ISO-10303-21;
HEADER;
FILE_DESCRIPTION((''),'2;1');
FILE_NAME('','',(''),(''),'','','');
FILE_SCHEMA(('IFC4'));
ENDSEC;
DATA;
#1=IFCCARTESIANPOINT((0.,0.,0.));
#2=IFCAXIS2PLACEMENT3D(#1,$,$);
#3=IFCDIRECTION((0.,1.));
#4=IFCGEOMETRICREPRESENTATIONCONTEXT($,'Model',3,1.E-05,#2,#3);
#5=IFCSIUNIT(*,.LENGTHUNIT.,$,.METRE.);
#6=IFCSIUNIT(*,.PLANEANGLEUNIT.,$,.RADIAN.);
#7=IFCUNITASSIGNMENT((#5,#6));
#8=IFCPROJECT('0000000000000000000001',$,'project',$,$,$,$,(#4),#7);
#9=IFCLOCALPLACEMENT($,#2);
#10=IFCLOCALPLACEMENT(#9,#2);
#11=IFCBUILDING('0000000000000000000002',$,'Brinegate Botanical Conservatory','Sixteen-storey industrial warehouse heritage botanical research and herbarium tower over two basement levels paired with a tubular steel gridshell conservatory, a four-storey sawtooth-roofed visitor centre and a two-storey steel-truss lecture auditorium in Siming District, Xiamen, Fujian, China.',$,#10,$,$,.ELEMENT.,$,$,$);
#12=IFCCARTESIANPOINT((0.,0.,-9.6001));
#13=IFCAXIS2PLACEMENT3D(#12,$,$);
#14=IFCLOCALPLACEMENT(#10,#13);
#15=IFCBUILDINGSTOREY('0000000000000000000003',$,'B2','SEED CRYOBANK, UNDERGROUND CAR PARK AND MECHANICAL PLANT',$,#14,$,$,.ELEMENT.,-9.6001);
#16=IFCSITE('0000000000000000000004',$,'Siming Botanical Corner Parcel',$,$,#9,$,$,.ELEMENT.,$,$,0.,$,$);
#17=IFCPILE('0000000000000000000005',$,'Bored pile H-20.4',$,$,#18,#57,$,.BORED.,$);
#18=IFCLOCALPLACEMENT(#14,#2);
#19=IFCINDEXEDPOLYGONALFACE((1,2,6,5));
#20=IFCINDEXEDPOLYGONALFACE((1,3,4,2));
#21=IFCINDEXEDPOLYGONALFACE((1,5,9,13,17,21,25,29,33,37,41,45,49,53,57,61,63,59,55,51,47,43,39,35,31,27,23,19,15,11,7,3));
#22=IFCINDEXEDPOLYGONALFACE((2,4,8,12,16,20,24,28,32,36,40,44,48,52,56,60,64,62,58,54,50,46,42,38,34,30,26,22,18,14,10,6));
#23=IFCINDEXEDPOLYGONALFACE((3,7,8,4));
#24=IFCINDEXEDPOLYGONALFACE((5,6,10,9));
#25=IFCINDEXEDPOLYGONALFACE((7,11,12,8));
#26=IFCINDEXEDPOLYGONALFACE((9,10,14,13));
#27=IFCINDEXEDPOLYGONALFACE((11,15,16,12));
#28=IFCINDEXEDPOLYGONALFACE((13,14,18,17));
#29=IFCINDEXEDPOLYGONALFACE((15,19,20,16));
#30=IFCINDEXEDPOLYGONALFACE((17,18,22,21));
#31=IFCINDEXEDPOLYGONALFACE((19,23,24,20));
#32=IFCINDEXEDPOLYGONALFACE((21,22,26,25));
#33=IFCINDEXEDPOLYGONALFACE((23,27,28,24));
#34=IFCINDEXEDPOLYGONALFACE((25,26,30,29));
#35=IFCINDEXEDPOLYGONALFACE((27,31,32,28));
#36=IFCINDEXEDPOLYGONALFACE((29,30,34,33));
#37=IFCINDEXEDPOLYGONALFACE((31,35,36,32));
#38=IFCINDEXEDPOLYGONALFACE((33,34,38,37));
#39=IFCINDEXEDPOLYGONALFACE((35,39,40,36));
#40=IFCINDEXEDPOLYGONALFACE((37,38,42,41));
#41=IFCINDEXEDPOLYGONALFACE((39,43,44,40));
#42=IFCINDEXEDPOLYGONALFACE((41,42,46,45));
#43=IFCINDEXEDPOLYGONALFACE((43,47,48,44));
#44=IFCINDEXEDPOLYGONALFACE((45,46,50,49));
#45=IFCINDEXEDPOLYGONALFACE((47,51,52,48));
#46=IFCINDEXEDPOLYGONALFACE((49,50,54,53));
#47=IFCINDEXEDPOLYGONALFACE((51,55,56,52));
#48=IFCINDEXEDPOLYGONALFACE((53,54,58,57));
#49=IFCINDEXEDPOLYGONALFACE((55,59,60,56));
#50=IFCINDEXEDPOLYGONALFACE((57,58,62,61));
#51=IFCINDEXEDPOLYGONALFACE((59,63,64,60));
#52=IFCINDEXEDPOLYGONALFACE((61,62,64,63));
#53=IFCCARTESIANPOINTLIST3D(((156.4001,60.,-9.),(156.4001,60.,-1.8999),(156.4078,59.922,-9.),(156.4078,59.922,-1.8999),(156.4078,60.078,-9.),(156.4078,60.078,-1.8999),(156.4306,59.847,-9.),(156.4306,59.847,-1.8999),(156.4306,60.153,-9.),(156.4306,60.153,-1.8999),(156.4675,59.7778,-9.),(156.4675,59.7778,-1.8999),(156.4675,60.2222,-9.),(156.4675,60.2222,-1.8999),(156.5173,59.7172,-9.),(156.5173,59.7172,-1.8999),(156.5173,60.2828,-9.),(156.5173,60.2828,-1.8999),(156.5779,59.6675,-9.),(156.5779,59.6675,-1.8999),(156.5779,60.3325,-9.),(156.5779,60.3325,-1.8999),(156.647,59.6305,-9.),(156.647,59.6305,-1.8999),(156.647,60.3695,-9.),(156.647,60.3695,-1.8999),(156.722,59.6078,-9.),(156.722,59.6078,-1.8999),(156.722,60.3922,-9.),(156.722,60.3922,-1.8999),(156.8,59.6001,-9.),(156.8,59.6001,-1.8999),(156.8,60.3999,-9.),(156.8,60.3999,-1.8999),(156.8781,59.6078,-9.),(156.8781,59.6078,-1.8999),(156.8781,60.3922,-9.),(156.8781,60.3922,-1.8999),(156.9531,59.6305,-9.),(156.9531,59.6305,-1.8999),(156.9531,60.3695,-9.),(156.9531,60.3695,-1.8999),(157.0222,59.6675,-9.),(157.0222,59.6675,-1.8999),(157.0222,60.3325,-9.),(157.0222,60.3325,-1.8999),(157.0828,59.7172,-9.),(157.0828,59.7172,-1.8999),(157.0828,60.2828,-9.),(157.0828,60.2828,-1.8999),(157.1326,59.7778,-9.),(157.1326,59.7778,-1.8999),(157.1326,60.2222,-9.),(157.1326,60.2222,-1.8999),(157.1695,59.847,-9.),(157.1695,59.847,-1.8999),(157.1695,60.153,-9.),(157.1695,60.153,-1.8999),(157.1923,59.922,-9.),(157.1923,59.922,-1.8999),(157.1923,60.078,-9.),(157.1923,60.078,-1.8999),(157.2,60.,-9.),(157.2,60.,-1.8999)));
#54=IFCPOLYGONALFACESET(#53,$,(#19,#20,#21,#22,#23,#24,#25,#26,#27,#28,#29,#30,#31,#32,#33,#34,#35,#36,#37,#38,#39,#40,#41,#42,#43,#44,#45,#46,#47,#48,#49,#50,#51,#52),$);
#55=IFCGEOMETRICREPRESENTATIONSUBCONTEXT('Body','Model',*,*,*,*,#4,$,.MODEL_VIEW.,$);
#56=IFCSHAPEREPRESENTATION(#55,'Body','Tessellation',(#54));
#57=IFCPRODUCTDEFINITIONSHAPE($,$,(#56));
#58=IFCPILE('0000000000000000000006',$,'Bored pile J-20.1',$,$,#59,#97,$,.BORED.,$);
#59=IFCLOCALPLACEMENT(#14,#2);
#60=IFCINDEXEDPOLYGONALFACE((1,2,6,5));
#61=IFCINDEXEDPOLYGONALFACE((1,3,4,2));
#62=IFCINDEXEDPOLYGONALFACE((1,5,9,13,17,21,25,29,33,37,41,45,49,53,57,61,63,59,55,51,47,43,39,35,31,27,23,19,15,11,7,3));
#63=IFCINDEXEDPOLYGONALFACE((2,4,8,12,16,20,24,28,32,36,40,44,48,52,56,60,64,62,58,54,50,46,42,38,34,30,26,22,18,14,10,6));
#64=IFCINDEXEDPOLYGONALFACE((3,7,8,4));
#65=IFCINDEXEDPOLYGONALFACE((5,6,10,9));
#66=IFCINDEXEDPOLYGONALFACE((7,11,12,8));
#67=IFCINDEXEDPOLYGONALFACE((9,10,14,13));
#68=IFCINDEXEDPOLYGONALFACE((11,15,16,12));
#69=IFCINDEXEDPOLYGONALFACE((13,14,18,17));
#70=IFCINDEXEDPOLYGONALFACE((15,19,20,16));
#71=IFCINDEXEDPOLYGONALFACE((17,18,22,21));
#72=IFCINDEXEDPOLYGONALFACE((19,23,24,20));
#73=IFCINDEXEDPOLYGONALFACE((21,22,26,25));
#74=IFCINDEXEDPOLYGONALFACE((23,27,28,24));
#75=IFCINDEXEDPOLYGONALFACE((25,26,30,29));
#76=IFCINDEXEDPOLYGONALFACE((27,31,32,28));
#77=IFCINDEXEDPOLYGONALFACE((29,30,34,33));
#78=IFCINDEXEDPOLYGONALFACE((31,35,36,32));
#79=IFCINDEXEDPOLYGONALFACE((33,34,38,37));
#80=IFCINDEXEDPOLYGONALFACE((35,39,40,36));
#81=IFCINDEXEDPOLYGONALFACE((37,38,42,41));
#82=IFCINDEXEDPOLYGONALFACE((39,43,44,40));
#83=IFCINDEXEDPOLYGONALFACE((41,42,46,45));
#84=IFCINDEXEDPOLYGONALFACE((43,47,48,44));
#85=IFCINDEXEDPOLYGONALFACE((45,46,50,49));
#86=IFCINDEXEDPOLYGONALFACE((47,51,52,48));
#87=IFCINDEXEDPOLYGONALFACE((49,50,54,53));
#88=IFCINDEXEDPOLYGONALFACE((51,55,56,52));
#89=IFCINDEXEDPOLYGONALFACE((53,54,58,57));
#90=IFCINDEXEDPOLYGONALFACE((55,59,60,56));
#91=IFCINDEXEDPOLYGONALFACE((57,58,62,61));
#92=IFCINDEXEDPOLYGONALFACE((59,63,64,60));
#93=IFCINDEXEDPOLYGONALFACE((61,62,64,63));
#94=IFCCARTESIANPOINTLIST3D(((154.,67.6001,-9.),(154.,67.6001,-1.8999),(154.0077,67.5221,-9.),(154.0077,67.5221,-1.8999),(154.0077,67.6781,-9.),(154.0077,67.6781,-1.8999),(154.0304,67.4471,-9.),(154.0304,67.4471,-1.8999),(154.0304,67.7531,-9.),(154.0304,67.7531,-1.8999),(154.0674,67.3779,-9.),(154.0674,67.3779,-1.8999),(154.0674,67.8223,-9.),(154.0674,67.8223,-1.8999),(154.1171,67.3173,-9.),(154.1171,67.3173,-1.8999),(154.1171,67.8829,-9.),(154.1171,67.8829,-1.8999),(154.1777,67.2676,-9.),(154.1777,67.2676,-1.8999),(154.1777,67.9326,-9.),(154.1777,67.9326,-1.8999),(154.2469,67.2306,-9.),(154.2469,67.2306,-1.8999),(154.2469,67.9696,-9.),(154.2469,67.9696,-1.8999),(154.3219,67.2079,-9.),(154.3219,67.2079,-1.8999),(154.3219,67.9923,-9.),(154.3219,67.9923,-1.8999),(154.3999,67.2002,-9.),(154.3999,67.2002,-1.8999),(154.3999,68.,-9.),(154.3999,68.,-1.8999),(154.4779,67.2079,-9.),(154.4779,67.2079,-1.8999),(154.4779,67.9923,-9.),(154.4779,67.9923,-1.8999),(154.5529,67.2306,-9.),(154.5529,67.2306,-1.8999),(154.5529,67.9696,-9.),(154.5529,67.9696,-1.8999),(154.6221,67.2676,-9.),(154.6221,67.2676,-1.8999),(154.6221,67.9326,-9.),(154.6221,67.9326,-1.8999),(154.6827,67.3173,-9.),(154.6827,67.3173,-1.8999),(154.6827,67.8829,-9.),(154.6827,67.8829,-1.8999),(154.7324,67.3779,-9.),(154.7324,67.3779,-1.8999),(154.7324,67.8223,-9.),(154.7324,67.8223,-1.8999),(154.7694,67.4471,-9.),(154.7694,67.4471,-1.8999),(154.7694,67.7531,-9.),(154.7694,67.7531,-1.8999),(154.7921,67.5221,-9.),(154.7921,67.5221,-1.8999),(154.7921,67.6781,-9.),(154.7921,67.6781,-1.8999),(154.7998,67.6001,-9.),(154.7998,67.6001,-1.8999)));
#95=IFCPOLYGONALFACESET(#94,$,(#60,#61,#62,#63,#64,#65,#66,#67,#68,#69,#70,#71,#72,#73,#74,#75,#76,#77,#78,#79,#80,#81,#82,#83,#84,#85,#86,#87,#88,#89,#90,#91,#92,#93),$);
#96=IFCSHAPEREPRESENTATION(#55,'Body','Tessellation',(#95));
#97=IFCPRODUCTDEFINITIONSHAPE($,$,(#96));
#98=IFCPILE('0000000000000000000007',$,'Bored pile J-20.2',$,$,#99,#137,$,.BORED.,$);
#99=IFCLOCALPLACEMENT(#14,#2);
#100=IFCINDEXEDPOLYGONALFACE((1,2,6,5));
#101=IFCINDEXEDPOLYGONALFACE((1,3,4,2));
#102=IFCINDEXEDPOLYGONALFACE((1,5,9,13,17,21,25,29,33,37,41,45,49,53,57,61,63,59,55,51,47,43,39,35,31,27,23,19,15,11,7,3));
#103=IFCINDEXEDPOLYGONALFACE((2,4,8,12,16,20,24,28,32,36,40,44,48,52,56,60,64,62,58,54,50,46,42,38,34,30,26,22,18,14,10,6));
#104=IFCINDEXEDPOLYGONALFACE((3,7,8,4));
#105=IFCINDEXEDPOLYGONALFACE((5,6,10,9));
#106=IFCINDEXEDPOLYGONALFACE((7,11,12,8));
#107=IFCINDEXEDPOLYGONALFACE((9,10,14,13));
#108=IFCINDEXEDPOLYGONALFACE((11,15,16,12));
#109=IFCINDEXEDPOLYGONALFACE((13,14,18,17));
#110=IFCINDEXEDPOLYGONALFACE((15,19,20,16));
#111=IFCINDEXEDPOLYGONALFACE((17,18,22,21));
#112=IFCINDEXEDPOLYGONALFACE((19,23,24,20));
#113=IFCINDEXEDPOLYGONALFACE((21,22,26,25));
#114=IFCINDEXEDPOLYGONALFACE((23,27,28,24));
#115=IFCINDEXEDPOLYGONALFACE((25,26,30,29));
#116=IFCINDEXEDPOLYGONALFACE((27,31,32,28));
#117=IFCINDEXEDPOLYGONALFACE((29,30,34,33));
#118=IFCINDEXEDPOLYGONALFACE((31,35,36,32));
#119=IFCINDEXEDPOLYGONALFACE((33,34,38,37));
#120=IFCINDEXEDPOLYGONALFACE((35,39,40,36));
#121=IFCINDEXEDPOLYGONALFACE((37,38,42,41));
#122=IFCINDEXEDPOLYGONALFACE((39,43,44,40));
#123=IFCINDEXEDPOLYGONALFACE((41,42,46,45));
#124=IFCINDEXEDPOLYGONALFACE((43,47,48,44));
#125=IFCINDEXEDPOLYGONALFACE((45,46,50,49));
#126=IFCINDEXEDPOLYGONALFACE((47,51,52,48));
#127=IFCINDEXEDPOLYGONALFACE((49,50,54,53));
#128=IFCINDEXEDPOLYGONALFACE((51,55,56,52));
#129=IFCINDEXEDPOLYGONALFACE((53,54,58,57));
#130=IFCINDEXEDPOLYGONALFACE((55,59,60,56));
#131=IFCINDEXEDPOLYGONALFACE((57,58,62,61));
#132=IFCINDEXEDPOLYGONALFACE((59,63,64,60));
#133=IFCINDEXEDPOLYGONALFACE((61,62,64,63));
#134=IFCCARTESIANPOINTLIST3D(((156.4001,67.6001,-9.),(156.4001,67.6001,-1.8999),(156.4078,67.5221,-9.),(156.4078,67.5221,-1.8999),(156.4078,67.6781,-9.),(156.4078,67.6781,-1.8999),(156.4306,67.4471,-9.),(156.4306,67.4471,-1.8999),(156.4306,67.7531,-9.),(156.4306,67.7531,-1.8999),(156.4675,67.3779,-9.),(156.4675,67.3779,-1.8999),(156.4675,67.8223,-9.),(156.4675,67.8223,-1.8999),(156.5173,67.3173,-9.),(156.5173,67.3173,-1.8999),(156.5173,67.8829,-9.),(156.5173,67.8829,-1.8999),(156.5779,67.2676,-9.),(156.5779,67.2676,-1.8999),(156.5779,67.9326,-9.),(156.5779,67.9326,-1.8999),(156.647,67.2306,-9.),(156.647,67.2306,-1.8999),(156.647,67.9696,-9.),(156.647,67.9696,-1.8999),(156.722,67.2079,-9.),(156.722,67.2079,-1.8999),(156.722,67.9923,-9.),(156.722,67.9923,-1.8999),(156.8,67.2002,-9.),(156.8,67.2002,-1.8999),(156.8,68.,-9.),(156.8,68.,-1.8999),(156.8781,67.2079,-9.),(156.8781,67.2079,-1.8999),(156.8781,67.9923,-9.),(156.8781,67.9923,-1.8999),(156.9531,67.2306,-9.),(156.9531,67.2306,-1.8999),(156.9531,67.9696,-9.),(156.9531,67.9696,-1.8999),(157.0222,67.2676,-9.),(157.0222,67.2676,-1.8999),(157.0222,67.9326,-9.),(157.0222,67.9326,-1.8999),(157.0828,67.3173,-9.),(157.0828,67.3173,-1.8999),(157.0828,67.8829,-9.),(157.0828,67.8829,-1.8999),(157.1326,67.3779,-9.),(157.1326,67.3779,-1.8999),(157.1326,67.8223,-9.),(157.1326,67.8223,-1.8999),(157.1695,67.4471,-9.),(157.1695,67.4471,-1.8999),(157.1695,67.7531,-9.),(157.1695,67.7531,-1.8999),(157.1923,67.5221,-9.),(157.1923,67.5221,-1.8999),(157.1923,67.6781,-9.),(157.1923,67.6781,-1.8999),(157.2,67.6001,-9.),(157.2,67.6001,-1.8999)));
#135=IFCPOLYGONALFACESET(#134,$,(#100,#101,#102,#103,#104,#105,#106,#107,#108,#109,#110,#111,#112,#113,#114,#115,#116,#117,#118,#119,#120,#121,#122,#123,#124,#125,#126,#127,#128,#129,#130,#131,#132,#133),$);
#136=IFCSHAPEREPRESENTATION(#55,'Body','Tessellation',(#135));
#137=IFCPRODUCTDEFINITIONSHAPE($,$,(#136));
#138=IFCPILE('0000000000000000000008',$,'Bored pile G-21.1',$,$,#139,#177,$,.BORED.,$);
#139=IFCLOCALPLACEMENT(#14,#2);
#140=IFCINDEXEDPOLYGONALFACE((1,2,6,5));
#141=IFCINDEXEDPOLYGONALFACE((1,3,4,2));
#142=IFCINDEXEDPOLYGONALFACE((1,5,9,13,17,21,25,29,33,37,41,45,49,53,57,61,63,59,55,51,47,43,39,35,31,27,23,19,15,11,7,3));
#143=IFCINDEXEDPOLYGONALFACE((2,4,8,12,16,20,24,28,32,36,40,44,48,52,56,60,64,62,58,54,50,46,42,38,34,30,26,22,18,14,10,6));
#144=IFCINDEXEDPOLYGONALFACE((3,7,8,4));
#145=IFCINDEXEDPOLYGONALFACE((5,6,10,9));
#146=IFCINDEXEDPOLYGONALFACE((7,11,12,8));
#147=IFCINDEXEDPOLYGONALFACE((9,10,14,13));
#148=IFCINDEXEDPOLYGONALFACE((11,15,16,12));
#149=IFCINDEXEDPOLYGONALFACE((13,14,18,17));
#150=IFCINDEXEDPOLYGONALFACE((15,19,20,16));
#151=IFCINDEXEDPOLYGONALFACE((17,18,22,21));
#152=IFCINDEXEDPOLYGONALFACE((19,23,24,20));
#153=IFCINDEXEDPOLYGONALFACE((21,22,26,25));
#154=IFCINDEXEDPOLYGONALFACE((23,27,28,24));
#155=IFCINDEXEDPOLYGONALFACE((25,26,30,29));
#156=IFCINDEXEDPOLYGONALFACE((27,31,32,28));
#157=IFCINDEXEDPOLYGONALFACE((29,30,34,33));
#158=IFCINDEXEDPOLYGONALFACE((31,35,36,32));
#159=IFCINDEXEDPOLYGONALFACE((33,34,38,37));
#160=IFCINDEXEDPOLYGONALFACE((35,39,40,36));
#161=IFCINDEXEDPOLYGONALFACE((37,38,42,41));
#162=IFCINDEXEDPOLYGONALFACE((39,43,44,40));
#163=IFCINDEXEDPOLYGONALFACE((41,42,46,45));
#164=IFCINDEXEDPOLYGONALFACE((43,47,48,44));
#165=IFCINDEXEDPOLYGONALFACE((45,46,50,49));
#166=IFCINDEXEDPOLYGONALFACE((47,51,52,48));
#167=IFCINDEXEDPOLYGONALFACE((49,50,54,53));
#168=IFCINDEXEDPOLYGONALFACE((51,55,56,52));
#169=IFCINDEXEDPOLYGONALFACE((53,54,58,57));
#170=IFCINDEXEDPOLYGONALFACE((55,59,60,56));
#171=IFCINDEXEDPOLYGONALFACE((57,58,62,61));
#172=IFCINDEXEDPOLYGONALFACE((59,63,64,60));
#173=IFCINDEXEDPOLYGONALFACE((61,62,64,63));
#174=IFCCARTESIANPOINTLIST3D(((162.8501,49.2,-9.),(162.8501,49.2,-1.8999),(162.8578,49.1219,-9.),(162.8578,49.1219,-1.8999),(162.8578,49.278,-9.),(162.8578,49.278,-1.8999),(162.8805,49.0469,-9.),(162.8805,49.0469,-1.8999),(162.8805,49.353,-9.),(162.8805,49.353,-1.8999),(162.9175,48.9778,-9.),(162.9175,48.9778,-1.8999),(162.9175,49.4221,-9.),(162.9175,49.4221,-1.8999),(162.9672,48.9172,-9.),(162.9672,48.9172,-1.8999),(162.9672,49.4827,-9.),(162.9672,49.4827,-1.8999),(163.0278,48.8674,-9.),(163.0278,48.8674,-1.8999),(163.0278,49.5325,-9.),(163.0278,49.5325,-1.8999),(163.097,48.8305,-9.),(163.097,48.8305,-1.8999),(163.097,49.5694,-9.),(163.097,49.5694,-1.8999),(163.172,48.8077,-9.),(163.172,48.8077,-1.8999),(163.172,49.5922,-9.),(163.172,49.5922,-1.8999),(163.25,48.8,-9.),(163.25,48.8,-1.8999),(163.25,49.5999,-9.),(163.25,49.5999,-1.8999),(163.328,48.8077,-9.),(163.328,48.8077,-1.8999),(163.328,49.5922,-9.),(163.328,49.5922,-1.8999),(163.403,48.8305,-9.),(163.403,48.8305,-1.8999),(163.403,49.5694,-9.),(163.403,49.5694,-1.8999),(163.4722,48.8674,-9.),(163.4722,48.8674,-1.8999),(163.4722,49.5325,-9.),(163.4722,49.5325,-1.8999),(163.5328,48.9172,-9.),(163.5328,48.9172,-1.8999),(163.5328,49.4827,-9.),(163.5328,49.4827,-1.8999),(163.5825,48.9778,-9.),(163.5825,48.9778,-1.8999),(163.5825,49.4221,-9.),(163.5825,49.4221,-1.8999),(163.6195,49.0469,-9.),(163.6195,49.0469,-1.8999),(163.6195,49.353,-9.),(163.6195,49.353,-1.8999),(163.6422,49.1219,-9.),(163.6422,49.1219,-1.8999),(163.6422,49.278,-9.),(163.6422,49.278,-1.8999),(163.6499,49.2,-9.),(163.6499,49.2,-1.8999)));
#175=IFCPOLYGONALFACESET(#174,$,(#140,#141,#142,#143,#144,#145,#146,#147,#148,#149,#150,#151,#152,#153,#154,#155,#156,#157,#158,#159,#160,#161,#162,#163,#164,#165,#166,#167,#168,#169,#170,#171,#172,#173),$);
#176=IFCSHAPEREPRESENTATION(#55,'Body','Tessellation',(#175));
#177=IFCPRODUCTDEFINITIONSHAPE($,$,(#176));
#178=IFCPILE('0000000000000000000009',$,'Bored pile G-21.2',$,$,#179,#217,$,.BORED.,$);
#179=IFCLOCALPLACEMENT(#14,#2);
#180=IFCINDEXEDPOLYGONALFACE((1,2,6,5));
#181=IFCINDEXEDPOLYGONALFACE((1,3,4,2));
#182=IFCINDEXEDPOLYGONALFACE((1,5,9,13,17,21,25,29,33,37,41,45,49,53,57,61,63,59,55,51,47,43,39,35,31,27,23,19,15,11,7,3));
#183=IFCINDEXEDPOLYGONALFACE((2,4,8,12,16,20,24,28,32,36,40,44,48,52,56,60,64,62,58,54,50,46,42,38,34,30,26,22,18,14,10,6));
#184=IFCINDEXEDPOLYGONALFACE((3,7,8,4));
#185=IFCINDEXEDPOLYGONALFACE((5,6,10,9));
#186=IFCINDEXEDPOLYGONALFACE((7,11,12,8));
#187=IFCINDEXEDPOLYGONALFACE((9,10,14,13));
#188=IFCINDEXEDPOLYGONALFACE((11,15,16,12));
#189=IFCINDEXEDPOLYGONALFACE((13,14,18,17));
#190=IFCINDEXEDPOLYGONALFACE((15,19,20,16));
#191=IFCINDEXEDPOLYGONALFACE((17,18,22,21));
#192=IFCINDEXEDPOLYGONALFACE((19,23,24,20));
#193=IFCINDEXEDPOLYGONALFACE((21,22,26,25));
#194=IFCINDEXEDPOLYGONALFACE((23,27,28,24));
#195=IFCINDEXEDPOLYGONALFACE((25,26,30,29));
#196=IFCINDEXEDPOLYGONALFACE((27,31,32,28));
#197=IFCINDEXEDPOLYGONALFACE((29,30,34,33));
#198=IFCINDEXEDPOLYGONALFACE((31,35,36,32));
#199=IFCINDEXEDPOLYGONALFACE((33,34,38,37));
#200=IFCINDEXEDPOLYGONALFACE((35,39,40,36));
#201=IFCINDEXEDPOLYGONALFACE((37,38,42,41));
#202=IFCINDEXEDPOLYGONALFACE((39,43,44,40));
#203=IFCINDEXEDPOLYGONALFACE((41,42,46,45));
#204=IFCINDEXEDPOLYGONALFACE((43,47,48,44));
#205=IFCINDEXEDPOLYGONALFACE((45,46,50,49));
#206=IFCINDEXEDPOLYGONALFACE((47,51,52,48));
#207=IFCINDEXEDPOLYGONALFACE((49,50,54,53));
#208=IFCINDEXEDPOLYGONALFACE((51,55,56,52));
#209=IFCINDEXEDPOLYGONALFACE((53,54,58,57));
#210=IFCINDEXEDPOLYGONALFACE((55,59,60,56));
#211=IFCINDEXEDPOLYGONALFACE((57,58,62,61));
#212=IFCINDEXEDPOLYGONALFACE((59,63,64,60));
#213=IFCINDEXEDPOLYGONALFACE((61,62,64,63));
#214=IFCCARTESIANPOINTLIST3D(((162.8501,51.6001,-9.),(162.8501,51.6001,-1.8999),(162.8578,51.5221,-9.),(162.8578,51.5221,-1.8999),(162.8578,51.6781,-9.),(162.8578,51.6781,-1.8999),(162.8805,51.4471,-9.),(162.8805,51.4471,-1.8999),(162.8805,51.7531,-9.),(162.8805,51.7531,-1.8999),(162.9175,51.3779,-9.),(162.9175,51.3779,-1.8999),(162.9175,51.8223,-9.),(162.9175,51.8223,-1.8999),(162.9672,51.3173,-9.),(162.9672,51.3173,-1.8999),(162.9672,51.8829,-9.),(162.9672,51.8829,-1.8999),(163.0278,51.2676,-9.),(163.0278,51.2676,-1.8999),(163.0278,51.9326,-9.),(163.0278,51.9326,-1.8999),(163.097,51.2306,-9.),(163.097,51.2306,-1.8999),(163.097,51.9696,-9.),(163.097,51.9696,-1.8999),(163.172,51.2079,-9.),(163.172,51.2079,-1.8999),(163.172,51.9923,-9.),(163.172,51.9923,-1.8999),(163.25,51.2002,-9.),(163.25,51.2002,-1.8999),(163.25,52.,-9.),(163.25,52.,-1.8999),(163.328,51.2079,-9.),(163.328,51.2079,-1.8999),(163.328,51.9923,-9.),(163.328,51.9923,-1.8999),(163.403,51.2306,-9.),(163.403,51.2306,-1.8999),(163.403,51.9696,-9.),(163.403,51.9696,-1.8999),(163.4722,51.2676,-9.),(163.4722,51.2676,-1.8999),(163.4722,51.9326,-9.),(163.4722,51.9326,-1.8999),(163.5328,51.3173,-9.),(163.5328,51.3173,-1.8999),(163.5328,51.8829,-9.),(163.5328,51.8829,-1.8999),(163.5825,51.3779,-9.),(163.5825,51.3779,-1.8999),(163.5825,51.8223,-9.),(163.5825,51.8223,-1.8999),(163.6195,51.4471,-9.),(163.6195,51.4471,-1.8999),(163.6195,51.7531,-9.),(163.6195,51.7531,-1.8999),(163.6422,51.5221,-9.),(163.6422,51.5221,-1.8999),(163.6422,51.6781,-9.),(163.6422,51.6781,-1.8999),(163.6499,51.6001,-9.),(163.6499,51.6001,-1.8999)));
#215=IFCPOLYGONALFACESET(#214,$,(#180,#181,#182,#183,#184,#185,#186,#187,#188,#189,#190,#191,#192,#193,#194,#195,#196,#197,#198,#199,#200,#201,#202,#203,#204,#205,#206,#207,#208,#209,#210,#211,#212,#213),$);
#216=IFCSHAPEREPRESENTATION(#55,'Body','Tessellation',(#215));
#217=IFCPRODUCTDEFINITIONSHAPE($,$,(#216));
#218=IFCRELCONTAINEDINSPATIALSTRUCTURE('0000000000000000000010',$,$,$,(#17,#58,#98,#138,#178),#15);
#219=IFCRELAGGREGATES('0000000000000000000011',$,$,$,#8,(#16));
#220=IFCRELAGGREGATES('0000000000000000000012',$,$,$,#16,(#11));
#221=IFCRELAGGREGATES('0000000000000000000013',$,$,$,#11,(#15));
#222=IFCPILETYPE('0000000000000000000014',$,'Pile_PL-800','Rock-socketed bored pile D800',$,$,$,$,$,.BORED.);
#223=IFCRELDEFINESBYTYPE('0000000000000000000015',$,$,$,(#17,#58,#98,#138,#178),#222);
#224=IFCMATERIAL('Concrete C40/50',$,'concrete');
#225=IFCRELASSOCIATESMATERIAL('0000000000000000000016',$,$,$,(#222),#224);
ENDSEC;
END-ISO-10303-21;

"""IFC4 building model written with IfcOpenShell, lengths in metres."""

from ifc_helpers import new_model, si_unit, direction, frame, origin, origin_2d, place, context, subcontext, project, spatial, circle, extrude, material, material_profile, profile_set, type_object, element, save


model = new_model("IFC4")

# Units and contexts
model_context = context("Model", 3, precision=1e-05, world=origin(), true_north=direction((0.0, 1.0)))
body_context = subcontext(model_context, "Body", "Model", "MODEL_VIEW")
ifc_project = project(units=[si_unit("LENGTHUNIT", "METRE"), si_unit("PLANEANGLEUNIT", "RADIAN")], contexts=[model_context])

# Site, building, storey
site_placement = place(None, origin())
site = spatial("IfcSite", under=ifc_project, at=site_placement, Name="Siming Botanical Corner Parcel", CompositionType="ELEMENT", RefElevation=0.0)
building_placement = place(site_placement, origin())
building = spatial("IfcBuilding", under=site, at=building_placement, Name="Brinegate Botanical Conservatory", Description="Sixteen-storey industrial warehouse heritage botanical research and herbarium tower over two basement levels paired with a tubular steel gridshell conservatory, a four-storey sawtooth-roofed visitor centre and a two-storey steel-truss lecture auditorium in Siming District, Xiamen, Fujian, China.", CompositionType="ELEMENT")
storey_placement = place(building_placement, frame((0.0, 0.0, -9.6001)))
storey = spatial("IfcBuildingStorey", under=building, at=storey_placement, Name="B2", Description="SEED CRYOBANK, UNDERGROUND CAR PARK AND MECHANICAL PLANT", CompositionType="ELEMENT", Elevation=-9.6001)

# Shared definitions
ifc_material = material(Name="Concrete C40/50", Category="concrete")

# Piles
ifc_material_profile_1 = material_profile(ifc_material, circle(Radius=0.3999, at=origin_2d()), Name="PILE D800")
ifc_profile_set_1 = profile_set([ifc_material_profile_1], Name="Concrete C40/50")
pile_type = type_object("IfcPileType", Name="Pile_PL-800", Description="Rock-socketed bored pile D800", PredefinedType="BORED", material=ifc_profile_set_1)
for number, where, z_axis, x_axis, name in (
    (1, (156.8, 60.0, -1.8999), (0.0, 0.0, -1.0), (1.0, 0.0, 0.0), "Bored pile H-20.4"),
    (2, (154.3999, 67.6001, -1.8999), (0.0, 0.0, -1.0), (1.0, 0.0, 0.0), "Bored pile J-20.1"),
    (3, (156.8, 67.6001, -1.8999), (0.0, 0.0, -1.0), (1.0, 0.0, 0.0), "Bored pile J-20.2"),
    (4, (163.25, 49.2, -1.8999), (0.0, 0.0, -1.0), (1.0, 0.0, 0.0), "Bored pile G-21.1"),
    (5, (163.25, 51.6001, -1.8999), (0.0, 0.0, -1.0), (1.0, 0.0, 0.0), "Bored pile G-21.2"),
):
    element("IfcPile", number, at=place(storey_placement, frame(where, z_axis=z_axis, x_axis=x_axis)), inside=storey, type_object=pile_type, Name=name, PredefinedType="BORED", context=body_context, shape_type="SweptSolid", body=[
        extrude(circle(Radius=0.3999, at=origin_2d()), origin(), (0.0, 0.0, 1.0), 7.1001),
    ])

save(model, "model.ifc")
